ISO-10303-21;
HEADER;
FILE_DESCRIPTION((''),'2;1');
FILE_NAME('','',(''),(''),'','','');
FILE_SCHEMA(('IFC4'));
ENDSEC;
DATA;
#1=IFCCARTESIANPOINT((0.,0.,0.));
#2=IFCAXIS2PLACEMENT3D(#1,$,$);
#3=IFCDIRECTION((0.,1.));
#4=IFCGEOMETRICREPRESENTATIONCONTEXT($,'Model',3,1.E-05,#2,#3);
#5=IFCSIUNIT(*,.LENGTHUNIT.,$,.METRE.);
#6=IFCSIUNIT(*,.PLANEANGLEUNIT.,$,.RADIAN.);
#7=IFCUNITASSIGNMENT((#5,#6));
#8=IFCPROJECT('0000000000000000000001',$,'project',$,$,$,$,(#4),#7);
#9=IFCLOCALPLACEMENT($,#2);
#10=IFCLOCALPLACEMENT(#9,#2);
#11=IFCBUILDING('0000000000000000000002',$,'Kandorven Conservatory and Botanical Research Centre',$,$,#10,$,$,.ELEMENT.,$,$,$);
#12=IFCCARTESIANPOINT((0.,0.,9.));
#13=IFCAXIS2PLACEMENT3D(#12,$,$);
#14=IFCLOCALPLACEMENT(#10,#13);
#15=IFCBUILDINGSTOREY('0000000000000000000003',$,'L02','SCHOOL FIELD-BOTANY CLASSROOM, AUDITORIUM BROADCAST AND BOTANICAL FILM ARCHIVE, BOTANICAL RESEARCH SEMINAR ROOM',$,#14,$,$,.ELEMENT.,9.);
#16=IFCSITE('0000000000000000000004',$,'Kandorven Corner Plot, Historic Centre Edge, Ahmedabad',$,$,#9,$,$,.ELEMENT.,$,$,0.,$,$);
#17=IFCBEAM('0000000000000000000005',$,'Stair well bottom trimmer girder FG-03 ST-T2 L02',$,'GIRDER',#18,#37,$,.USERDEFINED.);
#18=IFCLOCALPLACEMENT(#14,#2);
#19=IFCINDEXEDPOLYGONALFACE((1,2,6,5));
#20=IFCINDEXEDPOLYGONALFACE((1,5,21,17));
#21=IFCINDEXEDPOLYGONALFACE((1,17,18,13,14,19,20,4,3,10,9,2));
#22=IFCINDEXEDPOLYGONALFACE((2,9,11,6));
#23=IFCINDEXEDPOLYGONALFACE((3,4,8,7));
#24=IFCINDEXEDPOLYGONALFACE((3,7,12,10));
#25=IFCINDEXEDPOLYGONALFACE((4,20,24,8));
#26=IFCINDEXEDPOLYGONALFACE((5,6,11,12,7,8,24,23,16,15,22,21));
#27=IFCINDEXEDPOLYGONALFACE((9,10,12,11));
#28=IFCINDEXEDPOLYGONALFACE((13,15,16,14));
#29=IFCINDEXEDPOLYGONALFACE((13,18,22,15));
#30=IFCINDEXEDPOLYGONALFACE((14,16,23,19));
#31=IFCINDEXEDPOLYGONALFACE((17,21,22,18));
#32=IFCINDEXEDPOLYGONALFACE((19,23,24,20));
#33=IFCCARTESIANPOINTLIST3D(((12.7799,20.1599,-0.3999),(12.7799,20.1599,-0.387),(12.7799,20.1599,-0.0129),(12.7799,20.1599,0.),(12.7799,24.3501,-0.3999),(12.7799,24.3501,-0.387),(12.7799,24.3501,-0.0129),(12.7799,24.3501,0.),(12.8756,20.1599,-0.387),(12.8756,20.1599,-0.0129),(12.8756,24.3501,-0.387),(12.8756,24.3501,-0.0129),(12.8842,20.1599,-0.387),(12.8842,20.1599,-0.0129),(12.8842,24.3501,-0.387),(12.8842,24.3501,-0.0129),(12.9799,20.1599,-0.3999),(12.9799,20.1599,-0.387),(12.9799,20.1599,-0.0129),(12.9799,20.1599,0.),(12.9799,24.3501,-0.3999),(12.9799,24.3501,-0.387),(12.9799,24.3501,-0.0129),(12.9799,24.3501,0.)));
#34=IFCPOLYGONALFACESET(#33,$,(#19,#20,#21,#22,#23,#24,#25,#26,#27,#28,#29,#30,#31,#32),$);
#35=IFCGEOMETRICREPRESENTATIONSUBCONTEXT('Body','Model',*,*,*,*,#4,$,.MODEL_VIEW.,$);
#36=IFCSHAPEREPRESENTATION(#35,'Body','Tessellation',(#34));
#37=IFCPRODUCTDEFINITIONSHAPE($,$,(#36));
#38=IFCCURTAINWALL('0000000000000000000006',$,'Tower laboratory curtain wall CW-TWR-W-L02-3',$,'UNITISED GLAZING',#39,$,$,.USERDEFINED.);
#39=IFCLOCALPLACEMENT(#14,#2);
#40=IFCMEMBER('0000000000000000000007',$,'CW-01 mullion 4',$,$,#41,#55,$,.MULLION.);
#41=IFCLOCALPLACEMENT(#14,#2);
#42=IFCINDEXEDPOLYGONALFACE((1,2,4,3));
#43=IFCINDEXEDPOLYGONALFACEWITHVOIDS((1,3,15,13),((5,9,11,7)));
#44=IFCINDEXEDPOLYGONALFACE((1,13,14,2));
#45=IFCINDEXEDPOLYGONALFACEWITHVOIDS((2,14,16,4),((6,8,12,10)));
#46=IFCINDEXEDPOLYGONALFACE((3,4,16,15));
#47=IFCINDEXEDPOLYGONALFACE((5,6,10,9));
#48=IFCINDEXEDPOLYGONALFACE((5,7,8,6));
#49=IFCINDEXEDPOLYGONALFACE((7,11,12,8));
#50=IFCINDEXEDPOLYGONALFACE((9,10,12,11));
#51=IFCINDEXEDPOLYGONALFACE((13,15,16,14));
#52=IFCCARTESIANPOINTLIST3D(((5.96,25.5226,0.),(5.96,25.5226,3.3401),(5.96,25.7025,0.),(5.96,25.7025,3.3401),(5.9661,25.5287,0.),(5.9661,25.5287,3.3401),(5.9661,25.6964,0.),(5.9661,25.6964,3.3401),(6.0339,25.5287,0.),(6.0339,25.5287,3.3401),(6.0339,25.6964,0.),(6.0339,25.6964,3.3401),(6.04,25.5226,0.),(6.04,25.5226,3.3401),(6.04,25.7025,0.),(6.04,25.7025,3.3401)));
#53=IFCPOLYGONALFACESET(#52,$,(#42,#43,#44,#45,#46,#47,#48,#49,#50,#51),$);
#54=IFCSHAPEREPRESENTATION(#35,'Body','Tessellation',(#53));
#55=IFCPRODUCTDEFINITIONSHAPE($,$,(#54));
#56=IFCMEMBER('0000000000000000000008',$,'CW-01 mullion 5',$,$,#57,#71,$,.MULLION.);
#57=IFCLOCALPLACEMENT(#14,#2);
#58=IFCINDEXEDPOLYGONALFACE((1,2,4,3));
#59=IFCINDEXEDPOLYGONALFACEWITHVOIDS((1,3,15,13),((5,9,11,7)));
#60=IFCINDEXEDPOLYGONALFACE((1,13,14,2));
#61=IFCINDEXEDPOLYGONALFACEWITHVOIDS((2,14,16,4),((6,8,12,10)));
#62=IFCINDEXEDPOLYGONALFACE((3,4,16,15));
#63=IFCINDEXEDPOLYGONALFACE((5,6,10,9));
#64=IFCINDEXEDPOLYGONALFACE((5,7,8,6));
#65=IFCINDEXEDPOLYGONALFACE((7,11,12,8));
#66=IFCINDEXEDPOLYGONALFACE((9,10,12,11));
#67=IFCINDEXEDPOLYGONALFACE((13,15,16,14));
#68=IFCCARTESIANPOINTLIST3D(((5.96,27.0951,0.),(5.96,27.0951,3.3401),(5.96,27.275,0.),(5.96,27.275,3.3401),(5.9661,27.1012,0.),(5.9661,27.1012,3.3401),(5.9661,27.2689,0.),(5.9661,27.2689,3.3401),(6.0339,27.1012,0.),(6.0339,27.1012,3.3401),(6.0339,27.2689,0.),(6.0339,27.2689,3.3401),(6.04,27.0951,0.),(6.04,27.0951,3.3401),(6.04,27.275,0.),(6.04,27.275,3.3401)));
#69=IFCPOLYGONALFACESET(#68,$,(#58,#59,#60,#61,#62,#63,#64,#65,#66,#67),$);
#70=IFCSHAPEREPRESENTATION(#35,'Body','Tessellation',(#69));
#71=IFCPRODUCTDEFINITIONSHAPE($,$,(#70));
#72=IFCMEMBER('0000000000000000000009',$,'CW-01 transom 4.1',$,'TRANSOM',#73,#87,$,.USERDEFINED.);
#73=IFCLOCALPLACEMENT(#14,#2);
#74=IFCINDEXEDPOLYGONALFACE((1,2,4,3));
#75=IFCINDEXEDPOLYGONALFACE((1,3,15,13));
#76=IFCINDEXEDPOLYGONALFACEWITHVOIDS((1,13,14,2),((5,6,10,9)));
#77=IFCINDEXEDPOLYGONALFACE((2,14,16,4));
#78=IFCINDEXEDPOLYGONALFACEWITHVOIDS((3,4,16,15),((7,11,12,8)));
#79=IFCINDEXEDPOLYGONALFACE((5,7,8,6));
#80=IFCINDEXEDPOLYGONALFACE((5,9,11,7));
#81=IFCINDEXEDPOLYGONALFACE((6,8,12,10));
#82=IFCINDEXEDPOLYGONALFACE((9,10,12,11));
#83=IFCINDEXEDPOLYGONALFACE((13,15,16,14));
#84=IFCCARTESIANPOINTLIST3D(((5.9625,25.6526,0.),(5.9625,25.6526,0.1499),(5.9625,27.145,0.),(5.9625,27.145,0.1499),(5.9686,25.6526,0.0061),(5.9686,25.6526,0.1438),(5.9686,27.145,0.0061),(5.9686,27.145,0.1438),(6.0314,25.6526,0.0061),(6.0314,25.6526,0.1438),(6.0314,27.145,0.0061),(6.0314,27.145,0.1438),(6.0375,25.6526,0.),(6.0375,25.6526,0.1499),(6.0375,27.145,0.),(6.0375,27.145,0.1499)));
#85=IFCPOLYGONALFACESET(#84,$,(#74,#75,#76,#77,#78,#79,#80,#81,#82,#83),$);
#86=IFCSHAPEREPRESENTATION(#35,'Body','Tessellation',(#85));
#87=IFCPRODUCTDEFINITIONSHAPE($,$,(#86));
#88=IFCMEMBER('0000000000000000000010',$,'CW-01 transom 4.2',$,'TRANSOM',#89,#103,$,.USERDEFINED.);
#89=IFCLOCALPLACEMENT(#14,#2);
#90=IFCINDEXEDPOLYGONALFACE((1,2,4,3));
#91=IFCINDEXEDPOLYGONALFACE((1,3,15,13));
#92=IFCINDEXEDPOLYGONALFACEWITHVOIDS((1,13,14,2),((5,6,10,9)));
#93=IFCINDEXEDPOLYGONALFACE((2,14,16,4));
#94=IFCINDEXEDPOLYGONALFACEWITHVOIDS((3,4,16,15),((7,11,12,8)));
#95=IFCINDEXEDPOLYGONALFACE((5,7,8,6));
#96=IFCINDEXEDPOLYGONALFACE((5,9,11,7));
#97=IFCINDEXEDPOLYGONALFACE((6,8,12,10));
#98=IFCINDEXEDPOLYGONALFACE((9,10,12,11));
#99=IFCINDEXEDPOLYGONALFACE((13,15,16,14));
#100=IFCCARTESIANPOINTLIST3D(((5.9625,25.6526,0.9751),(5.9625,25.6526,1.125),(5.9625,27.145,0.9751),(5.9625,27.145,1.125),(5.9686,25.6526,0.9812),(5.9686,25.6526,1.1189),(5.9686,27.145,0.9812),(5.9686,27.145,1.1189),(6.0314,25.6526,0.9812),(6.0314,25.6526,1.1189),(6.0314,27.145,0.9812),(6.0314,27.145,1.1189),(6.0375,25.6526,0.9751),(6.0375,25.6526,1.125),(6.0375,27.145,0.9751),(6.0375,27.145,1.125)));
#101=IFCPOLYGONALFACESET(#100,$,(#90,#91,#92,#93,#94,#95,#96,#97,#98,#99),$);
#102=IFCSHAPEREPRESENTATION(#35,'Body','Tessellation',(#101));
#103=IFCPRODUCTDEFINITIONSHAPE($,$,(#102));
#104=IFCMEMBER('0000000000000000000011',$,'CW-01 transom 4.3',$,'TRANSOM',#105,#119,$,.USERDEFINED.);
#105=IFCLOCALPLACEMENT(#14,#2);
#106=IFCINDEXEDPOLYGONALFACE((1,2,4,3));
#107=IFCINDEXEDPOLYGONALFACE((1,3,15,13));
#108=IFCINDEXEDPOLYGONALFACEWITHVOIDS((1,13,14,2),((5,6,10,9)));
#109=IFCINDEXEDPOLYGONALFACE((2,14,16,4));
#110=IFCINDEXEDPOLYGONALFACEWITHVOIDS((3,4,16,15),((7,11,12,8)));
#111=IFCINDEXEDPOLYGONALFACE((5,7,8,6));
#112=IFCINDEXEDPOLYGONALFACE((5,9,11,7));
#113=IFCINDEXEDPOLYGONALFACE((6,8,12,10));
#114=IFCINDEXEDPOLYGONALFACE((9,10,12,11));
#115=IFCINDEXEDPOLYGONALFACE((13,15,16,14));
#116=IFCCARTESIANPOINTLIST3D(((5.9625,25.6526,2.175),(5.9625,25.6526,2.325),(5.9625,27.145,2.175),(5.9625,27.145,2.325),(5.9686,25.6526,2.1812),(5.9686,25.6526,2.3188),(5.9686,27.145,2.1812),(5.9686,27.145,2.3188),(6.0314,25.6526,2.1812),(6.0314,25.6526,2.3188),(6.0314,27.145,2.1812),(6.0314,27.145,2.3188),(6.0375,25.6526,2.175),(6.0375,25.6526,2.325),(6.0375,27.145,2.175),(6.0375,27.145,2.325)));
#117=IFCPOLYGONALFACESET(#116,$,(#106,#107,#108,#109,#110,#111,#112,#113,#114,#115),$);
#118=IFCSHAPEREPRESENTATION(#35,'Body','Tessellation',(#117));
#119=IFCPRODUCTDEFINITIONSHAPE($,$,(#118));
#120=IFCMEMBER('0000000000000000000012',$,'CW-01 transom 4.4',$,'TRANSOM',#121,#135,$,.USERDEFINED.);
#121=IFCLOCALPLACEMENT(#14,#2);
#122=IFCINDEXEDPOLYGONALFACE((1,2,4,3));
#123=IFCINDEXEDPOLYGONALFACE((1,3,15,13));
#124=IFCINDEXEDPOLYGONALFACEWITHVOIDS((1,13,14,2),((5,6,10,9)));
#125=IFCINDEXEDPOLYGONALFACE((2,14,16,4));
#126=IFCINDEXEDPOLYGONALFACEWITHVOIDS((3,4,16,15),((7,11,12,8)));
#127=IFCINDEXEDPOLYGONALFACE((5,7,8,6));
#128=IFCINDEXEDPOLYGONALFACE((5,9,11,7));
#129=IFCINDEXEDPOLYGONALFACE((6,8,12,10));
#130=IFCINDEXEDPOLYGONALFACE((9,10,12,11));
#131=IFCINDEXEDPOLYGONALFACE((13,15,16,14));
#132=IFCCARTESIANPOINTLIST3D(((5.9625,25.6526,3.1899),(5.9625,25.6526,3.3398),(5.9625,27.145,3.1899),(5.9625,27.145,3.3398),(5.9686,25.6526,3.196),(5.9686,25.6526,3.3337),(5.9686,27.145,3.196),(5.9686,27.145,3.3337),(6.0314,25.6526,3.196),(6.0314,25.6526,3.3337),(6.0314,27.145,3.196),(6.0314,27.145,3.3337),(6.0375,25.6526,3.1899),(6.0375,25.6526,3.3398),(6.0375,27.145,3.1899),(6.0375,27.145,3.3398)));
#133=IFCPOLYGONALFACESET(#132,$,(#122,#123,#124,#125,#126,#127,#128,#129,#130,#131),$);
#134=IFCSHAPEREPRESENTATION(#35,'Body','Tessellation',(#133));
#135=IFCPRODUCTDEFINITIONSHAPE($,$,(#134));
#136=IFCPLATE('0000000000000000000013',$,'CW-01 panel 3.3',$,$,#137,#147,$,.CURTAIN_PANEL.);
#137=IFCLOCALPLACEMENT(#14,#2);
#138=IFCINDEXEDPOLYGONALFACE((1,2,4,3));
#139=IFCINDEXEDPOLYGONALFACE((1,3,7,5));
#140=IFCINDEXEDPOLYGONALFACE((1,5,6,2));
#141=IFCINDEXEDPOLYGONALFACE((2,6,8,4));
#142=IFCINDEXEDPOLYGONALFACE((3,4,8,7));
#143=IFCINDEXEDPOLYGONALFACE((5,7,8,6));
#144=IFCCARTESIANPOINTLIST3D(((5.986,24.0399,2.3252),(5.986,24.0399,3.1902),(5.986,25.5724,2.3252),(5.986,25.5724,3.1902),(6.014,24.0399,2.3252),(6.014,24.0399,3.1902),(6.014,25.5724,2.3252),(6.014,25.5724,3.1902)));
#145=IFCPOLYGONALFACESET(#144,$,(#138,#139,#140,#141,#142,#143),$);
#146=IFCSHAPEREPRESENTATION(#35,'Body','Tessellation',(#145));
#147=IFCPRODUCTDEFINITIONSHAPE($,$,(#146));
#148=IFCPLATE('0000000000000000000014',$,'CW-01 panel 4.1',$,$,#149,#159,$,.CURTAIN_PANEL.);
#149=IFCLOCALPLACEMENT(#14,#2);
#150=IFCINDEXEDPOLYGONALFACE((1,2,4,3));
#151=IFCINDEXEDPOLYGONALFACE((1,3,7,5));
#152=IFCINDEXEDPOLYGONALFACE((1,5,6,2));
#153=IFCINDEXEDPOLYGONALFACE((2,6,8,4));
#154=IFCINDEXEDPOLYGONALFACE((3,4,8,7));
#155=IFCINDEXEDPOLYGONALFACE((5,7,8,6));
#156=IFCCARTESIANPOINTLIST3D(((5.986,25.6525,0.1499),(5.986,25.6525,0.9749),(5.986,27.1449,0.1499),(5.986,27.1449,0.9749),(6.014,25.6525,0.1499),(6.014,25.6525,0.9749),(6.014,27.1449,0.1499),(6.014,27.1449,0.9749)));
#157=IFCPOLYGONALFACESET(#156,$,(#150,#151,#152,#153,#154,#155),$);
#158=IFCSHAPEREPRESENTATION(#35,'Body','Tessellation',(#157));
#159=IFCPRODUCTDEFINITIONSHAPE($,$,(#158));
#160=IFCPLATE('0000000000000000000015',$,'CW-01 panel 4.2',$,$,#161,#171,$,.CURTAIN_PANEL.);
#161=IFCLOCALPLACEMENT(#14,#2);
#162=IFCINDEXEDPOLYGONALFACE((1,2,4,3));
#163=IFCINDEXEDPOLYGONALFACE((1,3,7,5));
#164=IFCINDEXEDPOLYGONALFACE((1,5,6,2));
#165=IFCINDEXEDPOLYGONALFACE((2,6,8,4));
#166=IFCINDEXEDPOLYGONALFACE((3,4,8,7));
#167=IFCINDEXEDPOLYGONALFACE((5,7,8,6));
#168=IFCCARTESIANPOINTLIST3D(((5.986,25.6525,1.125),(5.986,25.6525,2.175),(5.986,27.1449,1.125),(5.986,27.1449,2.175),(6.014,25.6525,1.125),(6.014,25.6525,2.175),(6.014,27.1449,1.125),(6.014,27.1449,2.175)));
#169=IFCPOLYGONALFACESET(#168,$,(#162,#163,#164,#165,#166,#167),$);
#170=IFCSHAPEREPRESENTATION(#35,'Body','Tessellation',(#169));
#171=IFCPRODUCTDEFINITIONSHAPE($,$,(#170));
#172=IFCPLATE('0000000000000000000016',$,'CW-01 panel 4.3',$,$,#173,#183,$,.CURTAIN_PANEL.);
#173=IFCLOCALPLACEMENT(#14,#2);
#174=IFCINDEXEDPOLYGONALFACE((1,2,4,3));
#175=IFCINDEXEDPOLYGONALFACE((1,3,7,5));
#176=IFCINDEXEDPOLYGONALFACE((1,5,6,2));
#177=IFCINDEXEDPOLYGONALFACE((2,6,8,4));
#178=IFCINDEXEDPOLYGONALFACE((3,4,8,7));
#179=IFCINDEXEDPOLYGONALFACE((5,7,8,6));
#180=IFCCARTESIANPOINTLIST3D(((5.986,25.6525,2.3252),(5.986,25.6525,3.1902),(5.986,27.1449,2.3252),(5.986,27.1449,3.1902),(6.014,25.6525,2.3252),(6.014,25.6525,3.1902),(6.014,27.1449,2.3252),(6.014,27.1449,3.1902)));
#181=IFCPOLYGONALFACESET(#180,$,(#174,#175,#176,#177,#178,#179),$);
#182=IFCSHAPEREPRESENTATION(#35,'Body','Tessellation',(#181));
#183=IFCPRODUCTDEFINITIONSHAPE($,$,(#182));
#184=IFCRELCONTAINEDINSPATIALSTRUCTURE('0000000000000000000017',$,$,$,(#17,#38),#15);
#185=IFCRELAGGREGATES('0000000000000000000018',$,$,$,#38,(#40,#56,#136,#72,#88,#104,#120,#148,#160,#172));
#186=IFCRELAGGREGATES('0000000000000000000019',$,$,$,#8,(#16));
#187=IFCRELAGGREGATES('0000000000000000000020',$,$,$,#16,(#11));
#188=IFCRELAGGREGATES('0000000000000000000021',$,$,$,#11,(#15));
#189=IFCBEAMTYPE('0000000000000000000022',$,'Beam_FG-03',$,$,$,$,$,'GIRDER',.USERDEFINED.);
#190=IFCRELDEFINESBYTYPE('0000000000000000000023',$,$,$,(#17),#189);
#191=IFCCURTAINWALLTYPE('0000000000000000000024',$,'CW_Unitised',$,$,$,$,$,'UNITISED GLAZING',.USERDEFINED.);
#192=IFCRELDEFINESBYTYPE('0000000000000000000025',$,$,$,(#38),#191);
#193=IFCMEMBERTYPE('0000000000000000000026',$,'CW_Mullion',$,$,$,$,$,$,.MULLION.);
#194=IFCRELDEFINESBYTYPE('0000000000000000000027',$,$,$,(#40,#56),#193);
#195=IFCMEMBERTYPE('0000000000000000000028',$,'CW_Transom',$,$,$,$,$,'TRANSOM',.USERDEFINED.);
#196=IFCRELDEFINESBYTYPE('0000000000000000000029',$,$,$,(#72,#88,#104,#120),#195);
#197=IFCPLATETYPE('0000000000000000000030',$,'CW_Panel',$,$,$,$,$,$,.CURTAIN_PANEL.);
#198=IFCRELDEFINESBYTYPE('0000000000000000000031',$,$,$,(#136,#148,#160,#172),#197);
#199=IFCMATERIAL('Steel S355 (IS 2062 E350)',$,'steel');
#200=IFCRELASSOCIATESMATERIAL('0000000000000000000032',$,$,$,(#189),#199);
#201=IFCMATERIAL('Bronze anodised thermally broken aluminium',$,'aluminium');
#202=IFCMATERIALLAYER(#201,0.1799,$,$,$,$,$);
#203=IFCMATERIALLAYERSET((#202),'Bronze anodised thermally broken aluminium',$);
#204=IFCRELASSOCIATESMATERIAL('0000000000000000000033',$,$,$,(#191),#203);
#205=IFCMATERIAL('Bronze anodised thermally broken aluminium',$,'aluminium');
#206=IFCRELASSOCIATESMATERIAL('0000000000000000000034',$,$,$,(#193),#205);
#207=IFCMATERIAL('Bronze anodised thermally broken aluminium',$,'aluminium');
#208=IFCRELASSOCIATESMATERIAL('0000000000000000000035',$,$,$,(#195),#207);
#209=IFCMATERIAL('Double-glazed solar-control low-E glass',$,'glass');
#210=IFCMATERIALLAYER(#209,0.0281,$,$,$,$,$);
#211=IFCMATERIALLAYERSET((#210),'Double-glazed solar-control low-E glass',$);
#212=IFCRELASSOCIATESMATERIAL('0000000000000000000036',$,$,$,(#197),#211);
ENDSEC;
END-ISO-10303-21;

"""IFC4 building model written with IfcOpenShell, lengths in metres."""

from ifc_helpers import new_model, si_unit, direction, frame, origin, origin_2d, place, context, subcontext, project, spatial, rectangle, hollow_rectangle, i_section, extrude, material, layer, layer_set, material_profile, profile_set, type_object, element, aggregate, save


model = new_model("IFC4")

# Units and contexts
model_context = context("Model", 3, precision=1e-05, world=origin(), true_north=direction((0.0, 1.0)))
body_context = subcontext(model_context, "Body", "Model", "MODEL_VIEW")
ifc_project = project(units=[si_unit("LENGTHUNIT", "METRE"), si_unit("PLANEANGLEUNIT", "RADIAN")], contexts=[model_context])

# Site, building, storey
site_placement = place(None, origin())
site = spatial("IfcSite", under=ifc_project, at=site_placement, Name="Kandorven Corner Plot, Historic Centre Edge, Ahmedabad", CompositionType="ELEMENT", RefElevation=0.0)
building_placement = place(site_placement, origin())
building = spatial("IfcBuilding", under=site, at=building_placement, Name="Kandorven Conservatory and Botanical Research Centre", CompositionType="ELEMENT")
storey_placement = place(building_placement, frame((0.0, 0.0, 9.0)))
storey = spatial("IfcBuildingStorey", under=building, at=storey_placement, Name="L02", Description="SCHOOL FIELD-BOTANY CLASSROOM, AUDITORIUM BROADCAST AND BOTANICAL FILM ARCHIVE, BOTANICAL RESEARCH SEMINAR ROOM", CompositionType="ELEMENT", Elevation=9.0)

# Beam
ifc_material_1 = material(Name="Steel S355 (IS 2062 E350)", Category="steel")
ifc_material_profile_1 = material_profile(ifc_material_1, i_section(OverallWidth=0.2, OverallDepth=0.3999, WebThickness=0.0085, FlangeThickness=0.0129, at=origin_2d()))
ifc_profile_set_1 = profile_set([ifc_material_profile_1], Name="Steel S355 (IS 2062 E350)")
beam_type = type_object("IfcBeamType", Name="Beam_FG-03", ElementType="GIRDER", PredefinedType="USERDEFINED", material=ifc_profile_set_1)
beam_placement = place(storey_placement, frame((12.8799, 24.3501, -0.2), z_axis=(0.0, -1.0, 0.0), x_axis=(1.0, 0.0, 0.0)))
element("IfcBeam", 1, at=beam_placement, inside=storey, type_object=beam_type, Name="Stair well bottom trimmer girder FG-03 ST-T2 L02", ObjectType="GIRDER", PredefinedType="USERDEFINED", context=body_context, shape_type="SweptSolid", body=[
    extrude(i_section(OverallWidth=0.2, OverallDepth=0.3999, WebThickness=0.0085, FlangeThickness=0.0129, at=origin_2d()), origin(), (0.0, 0.0, 1.0), 4.1902),
])

# Curtain wall, members, plates
ifc_material_2 = material(Name="Bronze anodised thermally broken aluminium", Category="aluminium")
ifc_layer_1 = layer(ifc_material_2, 0.1799)
ifc_layer_set_1 = layer_set([ifc_layer_1], Name="Bronze anodised thermally broken aluminium")
curtain_wall_type = type_object("IfcCurtainWallType", Name="CW_Unitised", ElementType="UNITISED GLAZING", PredefinedType="USERDEFINED", material=ifc_layer_set_1)
curtain_wall_placement = place(storey_placement, origin())
curtain_wall = element("IfcCurtainWall", 2, at=curtain_wall_placement, inside=storey, type_object=curtain_wall_type, Name="Tower laboratory curtain wall CW-TWR-W-L02-3", ObjectType="UNITISED GLAZING", PredefinedType="USERDEFINED")
ifc_material_3 = material(Name="Bronze anodised thermally broken aluminium", Category="aluminium")
ifc_material_profile_2 = material_profile(ifc_material_3, hollow_rectangle(XDim=0.0801, YDim=0.1799, WallThickness=0.0061, at=origin_2d()))
ifc_profile_set_2 = profile_set([ifc_material_profile_2], Name="Bronze anodised thermally broken aluminium")
member_type_1 = type_object("IfcMemberType", Name="CW_Mullion", PredefinedType="MULLION", material=ifc_profile_set_2)
member_1_placement = place(storey_placement, frame((6.0, 25.6125, 0.0), z_axis=(0.0, 0.0, 1.0), x_axis=(-1.0, 0.0, 0.0)))
member_1 = element("IfcMember", 3, at=member_1_placement, type_object=member_type_1, Name="CW-01 mullion 4", PredefinedType="MULLION", context=body_context, shape_type="SweptSolid", body=[
    extrude(hollow_rectangle(XDim=0.0801, YDim=0.1799, WallThickness=0.0061, at=origin_2d()), origin(), (0.0, 0.0, 1.0), 3.3401),
])
member_2_placement = place(storey_placement, frame((6.0, 27.1851, 0.0), z_axis=(0.0, 0.0, 1.0), x_axis=(-1.0, 0.0, 0.0)))
member_2 = element("IfcMember", 4, at=member_2_placement, type_object=member_type_1, Name="CW-01 mullion 5", PredefinedType="MULLION", context=body_context, shape_type="SweptSolid", body=[
    extrude(hollow_rectangle(XDim=0.0801, YDim=0.1799, WallThickness=0.0061, at=origin_2d()), origin(), (0.0, 0.0, 1.0), 3.3401),
])
ifc_material_4 = material(Name="Bronze anodised thermally broken aluminium", Category="aluminium")
ifc_material_profile_3 = material_profile(ifc_material_4, hollow_rectangle(XDim=0.075, YDim=0.1499, WallThickness=0.0061, at=origin_2d()))
ifc_profile_set_3 = profile_set([ifc_material_profile_3], Name="Bronze anodised thermally broken aluminium")
member_type_2 = type_object("IfcMemberType", Name="CW_Transom", ElementType="TRANSOM", PredefinedType="USERDEFINED", material=ifc_profile_set_3)
member_3_placement = place(storey_placement, frame((6.0, 25.6526, 0.075), z_axis=(0.0, 1.0, 0.0), x_axis=(-1.0, 0.0, 0.0)))
member_3 = element("IfcMember", 5, at=member_3_placement, type_object=member_type_2, Name="CW-01 transom 4.1", ObjectType="TRANSOM", PredefinedType="USERDEFINED", context=body_context, shape_type="SweptSolid", body=[
    extrude(hollow_rectangle(XDim=0.075, YDim=0.1499, WallThickness=0.0061, at=origin_2d()), origin(), (0.0, 0.0, 1.0), 1.4924),
])
member_4_placement = place(storey_placement, frame((6.0, 25.6526, 1.05), z_axis=(0.0, 1.0, 0.0), x_axis=(-1.0, 0.0, 0.0)))
member_4 = element("IfcMember", 6, at=member_4_placement, type_object=member_type_2, Name="CW-01 transom 4.2", ObjectType="TRANSOM", PredefinedType="USERDEFINED", context=body_context, shape_type="SweptSolid", body=[
    extrude(hollow_rectangle(XDim=0.075, YDim=0.1499, WallThickness=0.0061, at=origin_2d()), origin(), (0.0, 0.0, 1.0), 1.4924),
])
member_5_placement = place(storey_placement, frame((6.0, 25.6526, 2.25), z_axis=(0.0, 1.0, 0.0), x_axis=(-1.0, 0.0, 0.0)))
member_5 = element("IfcMember", 7, at=member_5_placement, type_object=member_type_2, Name="CW-01 transom 4.3", ObjectType="TRANSOM", PredefinedType="USERDEFINED", context=body_context, shape_type="SweptSolid", body=[
    extrude(hollow_rectangle(XDim=0.075, YDim=0.1499, WallThickness=0.0061, at=origin_2d()), origin(), (0.0, 0.0, 1.0), 1.4924),
])
member_6_placement = place(storey_placement, frame((6.0, 25.6526, 3.2649), z_axis=(0.0, 1.0, 0.0), x_axis=(-1.0, 0.0, 0.0)))
member_6 = element("IfcMember", 8, at=member_6_placement, type_object=member_type_2, Name="CW-01 transom 4.4", ObjectType="TRANSOM", PredefinedType="USERDEFINED", context=body_context, shape_type="SweptSolid", body=[
    extrude(hollow_rectangle(XDim=0.075, YDim=0.1499, WallThickness=0.0061, at=origin_2d()), origin(), (0.0, 0.0, 1.0), 1.4924),
])
ifc_material_5 = material(Name="Double-glazed solar-control low-E glass", Category="glass")
ifc_layer_2 = layer(ifc_material_5, 0.0281)
ifc_layer_set_2 = layer_set([ifc_layer_2], Name="Double-glazed solar-control low-E glass")
plate_type = type_object("IfcPlateType", Name="CW_Panel", PredefinedType="CURTAIN_PANEL", material=ifc_layer_set_2)
plate_1_placement = place(storey_placement, frame((6.0, 24.8062, 2.3252), z_axis=(0.0, 0.0, 1.0), x_axis=(0.0, 1.0, 0.0)))
plate_1 = element("IfcPlate", 9, at=plate_1_placement, type_object=plate_type, Name="CW-01 panel 3.3", PredefinedType="CURTAIN_PANEL", context=body_context, shape_type="SweptSolid", body=[
    extrude(rectangle(XDim=1.5325, YDim=0.0281, at=origin_2d()), origin(), (0.0, 0.0, 1.0), 0.865),
])
plate_2_placement = place(storey_placement, frame((6.0, 26.3987, 0.1499), z_axis=(0.0, 0.0, 1.0), x_axis=(0.0, 1.0, 0.0)))
plate_2 = element("IfcPlate", 10, at=plate_2_placement, type_object=plate_type, Name="CW-01 panel 4.1", PredefinedType="CURTAIN_PANEL", context=body_context, shape_type="SweptSolid", body=[
    extrude(rectangle(XDim=1.4924, YDim=0.0281, at=origin_2d()), origin(), (0.0, 0.0, 1.0), 0.825),
])
plate_3_placement = place(storey_placement, frame((6.0, 26.3987, 1.125), z_axis=(0.0, 0.0, 1.0), x_axis=(0.0, 1.0, 0.0)))
plate_3 = element("IfcPlate", 11, at=plate_3_placement, type_object=plate_type, Name="CW-01 panel 4.2", PredefinedType="CURTAIN_PANEL", context=body_context, shape_type="SweptSolid", body=[
    extrude(rectangle(XDim=1.4924, YDim=0.0281, at=origin_2d()), origin(), (0.0, 0.0, 1.0), 1.05),
])
plate_4_placement = place(storey_placement, frame((6.0, 26.3987, 2.3252), z_axis=(0.0, 0.0, 1.0), x_axis=(0.0, 1.0, 0.0)))
plate_4 = element("IfcPlate", 12, at=plate_4_placement, type_object=plate_type, Name="CW-01 panel 4.3", PredefinedType="CURTAIN_PANEL", context=body_context, shape_type="SweptSolid", body=[
    extrude(rectangle(XDim=1.4924, YDim=0.0281, at=origin_2d()), origin(), (0.0, 0.0, 1.0), 0.865),
])
aggregate(curtain_wall, [member_1, member_2, plate_1, member_3, member_4, member_5, member_6, plate_2, plate_3, plate_4])

save(model, "model.ifc")
